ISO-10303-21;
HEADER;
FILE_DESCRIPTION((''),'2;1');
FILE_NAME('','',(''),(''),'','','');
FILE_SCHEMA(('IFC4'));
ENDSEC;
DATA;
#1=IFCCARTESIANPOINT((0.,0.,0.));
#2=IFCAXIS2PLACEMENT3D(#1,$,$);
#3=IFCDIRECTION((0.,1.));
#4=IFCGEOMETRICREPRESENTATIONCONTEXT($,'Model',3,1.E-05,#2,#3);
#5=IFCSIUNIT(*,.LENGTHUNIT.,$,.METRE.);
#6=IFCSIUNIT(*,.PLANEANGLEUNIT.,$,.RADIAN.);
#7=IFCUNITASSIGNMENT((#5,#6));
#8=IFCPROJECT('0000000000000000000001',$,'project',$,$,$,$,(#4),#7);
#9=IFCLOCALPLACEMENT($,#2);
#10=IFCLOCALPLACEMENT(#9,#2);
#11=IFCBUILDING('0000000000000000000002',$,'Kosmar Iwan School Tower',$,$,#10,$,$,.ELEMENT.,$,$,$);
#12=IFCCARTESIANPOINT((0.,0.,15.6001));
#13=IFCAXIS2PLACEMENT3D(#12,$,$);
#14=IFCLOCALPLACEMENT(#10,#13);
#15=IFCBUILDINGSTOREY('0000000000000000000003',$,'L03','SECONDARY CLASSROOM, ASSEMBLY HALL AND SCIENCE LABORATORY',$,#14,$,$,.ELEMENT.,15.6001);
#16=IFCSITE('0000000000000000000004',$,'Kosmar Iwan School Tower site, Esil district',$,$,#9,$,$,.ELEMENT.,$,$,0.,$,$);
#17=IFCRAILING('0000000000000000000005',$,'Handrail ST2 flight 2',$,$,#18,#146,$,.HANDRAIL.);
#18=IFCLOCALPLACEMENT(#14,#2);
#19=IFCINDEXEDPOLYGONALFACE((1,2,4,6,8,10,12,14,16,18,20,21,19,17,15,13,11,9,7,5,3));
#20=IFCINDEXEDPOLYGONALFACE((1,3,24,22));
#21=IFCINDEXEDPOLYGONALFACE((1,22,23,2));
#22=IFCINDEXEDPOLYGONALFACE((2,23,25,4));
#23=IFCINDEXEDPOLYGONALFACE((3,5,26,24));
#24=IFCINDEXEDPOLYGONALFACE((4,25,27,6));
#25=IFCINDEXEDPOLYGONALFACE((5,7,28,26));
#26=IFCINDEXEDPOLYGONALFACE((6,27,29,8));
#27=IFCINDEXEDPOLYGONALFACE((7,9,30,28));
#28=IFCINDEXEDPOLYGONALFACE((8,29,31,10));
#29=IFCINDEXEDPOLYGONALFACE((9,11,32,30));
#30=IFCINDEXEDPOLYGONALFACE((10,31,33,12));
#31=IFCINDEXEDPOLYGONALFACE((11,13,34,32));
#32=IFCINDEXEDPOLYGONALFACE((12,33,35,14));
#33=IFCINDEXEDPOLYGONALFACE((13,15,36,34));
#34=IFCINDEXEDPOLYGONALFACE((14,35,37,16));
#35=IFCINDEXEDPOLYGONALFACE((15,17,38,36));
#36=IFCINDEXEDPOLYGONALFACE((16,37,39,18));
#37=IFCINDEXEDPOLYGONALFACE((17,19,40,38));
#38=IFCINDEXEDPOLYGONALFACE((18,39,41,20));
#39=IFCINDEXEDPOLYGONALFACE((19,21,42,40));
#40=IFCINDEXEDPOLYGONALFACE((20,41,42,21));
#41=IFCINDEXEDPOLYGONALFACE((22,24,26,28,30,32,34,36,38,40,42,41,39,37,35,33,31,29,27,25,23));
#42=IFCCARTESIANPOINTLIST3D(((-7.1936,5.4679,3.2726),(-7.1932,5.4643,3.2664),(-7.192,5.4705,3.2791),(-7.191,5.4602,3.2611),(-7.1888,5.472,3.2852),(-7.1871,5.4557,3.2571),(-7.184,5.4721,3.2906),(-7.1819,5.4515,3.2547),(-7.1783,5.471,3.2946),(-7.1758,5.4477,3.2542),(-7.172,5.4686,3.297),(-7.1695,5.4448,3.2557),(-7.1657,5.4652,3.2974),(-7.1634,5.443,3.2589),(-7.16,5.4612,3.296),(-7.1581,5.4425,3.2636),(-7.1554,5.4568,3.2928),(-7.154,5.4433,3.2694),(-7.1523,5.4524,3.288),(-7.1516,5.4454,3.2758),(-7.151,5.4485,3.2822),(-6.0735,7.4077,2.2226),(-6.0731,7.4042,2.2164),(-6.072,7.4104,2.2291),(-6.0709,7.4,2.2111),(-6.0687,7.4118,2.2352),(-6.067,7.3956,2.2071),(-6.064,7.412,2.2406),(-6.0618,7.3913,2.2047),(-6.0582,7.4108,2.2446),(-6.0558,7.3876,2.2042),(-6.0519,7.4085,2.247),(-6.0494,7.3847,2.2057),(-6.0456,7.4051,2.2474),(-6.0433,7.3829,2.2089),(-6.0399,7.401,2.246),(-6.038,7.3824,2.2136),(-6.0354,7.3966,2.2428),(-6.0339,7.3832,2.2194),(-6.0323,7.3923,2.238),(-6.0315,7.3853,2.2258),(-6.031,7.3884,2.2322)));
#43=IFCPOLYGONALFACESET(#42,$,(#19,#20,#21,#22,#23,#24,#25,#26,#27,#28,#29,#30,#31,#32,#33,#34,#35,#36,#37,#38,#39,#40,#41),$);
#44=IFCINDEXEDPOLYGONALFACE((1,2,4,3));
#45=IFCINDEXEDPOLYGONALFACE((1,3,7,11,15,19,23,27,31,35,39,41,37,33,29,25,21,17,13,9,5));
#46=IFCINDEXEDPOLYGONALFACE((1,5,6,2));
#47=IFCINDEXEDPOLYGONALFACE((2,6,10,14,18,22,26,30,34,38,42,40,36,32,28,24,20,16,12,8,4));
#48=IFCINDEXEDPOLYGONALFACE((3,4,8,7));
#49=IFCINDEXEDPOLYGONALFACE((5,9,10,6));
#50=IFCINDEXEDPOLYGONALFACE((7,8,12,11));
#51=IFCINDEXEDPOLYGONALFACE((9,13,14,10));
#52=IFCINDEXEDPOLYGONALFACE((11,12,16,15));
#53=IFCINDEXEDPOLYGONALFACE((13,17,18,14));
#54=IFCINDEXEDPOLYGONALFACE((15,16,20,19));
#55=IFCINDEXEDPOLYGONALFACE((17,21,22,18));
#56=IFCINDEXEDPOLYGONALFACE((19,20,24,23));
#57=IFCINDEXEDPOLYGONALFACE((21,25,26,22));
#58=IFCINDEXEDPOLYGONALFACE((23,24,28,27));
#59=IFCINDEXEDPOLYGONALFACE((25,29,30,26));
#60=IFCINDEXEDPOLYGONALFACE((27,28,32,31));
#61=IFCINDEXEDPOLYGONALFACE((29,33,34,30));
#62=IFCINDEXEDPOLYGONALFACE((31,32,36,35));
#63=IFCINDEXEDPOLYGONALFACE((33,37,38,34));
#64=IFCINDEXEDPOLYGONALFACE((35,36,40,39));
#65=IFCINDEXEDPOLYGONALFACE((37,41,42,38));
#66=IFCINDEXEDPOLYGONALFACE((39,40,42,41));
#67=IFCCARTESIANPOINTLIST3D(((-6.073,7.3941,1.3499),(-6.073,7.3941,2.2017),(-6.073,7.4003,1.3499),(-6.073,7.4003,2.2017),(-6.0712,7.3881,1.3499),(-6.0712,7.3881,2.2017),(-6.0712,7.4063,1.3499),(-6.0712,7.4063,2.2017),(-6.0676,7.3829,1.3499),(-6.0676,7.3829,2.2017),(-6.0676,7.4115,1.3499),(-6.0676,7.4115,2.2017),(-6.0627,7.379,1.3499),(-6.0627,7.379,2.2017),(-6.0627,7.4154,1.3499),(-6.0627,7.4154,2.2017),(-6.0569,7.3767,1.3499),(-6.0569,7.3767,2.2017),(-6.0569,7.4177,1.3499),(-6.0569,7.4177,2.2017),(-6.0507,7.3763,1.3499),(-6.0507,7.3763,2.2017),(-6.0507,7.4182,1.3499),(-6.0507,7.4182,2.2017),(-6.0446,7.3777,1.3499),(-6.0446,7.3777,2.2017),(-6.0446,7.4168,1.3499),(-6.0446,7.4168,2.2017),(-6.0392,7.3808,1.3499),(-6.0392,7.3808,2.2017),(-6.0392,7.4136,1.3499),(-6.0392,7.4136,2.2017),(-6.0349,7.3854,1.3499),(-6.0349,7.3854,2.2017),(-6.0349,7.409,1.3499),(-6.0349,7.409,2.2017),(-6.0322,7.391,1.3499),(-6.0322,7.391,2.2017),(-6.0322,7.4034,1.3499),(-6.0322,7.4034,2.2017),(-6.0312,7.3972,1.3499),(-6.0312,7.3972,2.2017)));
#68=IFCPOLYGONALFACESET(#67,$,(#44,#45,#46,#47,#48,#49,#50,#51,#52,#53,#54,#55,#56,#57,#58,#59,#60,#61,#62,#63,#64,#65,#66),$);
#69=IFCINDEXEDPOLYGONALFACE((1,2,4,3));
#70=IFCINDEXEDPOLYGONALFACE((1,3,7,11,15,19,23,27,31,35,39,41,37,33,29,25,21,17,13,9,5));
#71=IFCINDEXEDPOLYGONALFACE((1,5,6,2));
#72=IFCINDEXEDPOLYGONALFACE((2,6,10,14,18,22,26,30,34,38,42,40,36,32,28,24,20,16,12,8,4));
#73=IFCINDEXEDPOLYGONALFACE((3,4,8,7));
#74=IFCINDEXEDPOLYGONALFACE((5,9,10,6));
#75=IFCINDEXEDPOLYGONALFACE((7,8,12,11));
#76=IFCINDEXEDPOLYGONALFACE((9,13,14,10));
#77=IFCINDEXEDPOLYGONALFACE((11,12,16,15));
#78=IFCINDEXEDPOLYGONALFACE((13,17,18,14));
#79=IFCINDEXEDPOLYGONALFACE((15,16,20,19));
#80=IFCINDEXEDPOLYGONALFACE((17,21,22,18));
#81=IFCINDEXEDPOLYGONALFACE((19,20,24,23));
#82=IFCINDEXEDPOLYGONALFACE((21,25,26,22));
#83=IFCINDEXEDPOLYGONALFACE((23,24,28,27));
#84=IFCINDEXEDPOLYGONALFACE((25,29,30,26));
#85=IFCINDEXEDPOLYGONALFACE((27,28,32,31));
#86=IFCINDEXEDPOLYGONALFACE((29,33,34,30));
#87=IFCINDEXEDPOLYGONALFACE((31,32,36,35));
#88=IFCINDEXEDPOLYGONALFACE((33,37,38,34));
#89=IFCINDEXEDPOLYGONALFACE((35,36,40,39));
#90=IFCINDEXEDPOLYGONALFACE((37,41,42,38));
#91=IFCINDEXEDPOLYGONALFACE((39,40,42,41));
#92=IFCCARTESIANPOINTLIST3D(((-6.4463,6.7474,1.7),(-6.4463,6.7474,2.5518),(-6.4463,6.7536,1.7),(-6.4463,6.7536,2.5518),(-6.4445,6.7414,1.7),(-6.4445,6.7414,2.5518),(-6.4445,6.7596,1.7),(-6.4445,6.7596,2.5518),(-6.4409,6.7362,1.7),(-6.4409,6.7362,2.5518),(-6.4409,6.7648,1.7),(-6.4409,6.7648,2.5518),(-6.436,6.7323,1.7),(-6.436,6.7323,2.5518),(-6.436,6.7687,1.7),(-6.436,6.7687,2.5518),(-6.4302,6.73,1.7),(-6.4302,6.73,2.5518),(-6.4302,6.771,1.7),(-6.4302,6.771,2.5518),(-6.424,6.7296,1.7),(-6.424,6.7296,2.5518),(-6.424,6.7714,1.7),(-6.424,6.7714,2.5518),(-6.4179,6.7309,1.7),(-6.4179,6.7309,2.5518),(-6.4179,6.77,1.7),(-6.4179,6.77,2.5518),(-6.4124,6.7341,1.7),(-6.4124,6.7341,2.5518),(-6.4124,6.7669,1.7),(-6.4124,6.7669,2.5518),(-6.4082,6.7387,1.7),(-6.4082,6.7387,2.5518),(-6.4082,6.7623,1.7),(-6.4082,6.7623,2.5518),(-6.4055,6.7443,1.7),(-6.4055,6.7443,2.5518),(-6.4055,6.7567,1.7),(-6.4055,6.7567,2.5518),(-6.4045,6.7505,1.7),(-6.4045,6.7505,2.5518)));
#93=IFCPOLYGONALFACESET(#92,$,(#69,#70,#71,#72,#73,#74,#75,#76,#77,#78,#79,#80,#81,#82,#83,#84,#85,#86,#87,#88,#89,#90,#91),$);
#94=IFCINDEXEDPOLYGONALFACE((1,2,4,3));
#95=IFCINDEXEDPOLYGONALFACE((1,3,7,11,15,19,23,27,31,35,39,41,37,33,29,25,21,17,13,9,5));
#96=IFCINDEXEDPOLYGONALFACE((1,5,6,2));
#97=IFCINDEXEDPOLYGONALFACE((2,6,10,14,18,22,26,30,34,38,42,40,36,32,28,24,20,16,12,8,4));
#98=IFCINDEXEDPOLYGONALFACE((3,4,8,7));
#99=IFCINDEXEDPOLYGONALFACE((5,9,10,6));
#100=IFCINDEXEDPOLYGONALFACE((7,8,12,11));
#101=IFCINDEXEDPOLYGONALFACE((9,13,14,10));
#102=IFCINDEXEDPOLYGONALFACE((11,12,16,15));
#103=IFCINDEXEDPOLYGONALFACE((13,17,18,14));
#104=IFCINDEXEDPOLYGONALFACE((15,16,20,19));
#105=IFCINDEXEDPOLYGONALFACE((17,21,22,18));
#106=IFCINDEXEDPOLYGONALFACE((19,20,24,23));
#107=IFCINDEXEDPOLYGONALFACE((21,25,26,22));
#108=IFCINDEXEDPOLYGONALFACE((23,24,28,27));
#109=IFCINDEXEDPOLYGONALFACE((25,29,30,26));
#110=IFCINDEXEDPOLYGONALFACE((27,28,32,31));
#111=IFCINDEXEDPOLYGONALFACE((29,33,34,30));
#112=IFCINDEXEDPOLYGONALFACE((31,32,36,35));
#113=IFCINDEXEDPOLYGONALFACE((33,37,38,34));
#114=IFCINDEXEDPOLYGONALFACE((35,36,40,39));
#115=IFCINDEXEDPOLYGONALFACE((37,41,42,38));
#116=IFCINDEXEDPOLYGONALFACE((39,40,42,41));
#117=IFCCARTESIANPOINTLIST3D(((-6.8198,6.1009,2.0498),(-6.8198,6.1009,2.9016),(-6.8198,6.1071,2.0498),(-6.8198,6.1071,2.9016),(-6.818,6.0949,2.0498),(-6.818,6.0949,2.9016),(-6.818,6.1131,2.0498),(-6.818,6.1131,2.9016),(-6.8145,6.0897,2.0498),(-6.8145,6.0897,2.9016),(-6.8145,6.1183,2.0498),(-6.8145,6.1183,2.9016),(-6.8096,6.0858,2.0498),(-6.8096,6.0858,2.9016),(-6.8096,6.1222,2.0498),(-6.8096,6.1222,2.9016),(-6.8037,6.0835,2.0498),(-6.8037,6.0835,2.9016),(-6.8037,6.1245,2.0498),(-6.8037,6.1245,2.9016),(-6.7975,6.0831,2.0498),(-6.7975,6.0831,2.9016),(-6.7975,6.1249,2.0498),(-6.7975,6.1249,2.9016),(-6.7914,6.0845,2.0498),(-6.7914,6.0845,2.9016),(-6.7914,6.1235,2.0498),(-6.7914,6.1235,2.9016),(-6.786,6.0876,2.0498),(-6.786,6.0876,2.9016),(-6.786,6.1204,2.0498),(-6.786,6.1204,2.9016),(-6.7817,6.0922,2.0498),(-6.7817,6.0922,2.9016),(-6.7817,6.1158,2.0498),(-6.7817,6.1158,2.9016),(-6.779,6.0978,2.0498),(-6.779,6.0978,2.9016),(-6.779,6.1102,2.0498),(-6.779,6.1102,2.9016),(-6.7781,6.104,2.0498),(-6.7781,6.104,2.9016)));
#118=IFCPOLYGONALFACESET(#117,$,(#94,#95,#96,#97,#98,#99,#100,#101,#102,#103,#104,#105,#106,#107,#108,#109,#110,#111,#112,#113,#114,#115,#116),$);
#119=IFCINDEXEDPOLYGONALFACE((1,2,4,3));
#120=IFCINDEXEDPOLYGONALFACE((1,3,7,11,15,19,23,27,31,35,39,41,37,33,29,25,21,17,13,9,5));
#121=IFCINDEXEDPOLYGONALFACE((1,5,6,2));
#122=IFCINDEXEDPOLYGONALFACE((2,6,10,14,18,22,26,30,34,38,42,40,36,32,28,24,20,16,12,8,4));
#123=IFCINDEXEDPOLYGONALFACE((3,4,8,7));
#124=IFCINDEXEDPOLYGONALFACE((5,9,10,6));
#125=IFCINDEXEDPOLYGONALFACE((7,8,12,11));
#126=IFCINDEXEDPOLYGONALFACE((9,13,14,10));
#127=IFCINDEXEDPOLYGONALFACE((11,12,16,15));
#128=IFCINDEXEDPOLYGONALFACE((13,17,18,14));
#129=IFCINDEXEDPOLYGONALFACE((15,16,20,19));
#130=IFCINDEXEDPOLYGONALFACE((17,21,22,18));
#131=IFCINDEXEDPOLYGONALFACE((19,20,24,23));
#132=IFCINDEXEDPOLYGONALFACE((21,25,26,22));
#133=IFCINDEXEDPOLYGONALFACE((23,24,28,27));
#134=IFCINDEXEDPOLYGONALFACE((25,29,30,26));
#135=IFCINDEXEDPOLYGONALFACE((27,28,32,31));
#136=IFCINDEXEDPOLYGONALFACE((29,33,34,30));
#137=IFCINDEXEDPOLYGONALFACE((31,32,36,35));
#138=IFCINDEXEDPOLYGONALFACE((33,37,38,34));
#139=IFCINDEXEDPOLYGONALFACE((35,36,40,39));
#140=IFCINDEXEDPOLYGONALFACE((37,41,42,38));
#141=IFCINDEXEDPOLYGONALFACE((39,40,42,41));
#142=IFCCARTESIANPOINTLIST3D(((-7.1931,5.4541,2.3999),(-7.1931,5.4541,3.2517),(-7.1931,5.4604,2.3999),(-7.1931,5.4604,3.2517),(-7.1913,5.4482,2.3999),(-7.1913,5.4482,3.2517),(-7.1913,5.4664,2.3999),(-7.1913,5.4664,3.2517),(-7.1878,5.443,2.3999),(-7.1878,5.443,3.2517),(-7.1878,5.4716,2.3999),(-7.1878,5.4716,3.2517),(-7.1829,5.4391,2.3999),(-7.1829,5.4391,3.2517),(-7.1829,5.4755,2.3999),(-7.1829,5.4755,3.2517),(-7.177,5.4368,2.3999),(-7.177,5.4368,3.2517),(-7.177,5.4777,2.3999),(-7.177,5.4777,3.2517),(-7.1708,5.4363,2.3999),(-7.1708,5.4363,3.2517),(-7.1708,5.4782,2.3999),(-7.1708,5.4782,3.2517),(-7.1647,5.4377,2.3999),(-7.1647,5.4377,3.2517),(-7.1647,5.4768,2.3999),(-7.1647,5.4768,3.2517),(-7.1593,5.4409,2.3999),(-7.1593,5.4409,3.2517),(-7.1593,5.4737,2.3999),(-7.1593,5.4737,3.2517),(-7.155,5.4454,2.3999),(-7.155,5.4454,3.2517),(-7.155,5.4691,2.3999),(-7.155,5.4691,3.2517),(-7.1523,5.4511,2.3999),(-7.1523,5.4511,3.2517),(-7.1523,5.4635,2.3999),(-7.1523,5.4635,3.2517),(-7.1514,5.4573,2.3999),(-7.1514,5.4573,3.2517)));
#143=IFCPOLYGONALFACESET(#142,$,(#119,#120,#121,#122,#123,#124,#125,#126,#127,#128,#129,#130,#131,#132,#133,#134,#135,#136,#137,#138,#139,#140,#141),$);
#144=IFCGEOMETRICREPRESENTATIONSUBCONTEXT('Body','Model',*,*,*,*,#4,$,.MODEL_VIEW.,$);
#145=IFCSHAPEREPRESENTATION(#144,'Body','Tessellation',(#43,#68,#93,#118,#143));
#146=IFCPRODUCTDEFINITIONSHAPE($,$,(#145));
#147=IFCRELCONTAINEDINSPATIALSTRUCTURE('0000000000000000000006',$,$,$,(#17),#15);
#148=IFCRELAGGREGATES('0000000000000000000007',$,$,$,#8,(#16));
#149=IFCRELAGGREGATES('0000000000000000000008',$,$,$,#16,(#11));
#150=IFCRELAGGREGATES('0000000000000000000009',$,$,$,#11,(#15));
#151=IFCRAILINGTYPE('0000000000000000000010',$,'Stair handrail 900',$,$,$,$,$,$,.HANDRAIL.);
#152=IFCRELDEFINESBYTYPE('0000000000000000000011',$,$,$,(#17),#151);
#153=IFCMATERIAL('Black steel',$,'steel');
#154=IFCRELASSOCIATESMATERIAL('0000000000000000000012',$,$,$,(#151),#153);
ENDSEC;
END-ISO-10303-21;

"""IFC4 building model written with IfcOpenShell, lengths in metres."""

from ifc_helpers import new_model, si_unit, direction, frame, origin, origin_2d, place, context, subcontext, project, spatial, circle, extrude, material, type_object, element, save


model = new_model("IFC4")

# Units and contexts
model_context = context("Model", 3, precision=1e-05, world=origin(), true_north=direction((0.0, 1.0)))
body_context = subcontext(model_context, "Body", "Model", "MODEL_VIEW")
ifc_project = project(units=[si_unit("LENGTHUNIT", "METRE"), si_unit("PLANEANGLEUNIT", "RADIAN")], contexts=[model_context])

# Site, building, storey
site_placement = place(None, origin())
site = spatial("IfcSite", under=ifc_project, at=site_placement, Name="Kosmar Iwan School Tower site, Esil district", CompositionType="ELEMENT", RefElevation=0.0)
building_placement = place(site_placement, origin())
building = spatial("IfcBuilding", under=site, at=building_placement, Name="Kosmar Iwan School Tower", CompositionType="ELEMENT")
storey_placement = place(building_placement, frame((0.0, 0.0, 15.6001)))
storey = spatial("IfcBuildingStorey", under=building, at=storey_placement, Name="L03", Description="SECONDARY CLASSROOM, ASSEMBLY HALL AND SCIENCE LABORATORY", CompositionType="ELEMENT", Elevation=15.6001)

# Railing
ifc_material_1 = material(Name="Black steel", Category="steel")
railing_type = type_object("IfcRailingType", Name="Stair handrail 900", PredefinedType="HANDRAIL", material=ifc_material_1)
railing_1_placement = place(storey_placement, frame((-6.0522, 7.3972, 1.3499)))
element("IfcRailing", 1, at=railing_1_placement, inside=storey, type_object=railing_type, Name="Handrail ST2 flight 2", PredefinedType="HANDRAIL", context=body_context, shape_type="SweptSolid", body=[
    extrude(circle(Radius=0.0239, at=origin_2d()), frame((0.0, 0.0, 0.876), z_axis=(-0.452757, -0.784134, 0.424435), x_axis=(0.866008, -0.500031, 0.0)), (0.0, 0.0, 1.0), 2.4739),
    extrude(circle(Radius=0.021, at=origin_2d()), origin(), (0.0, 0.0, 1.0), 0.8518),
    extrude(circle(Radius=0.021, at=origin_2d()), frame((-0.3733, -0.6467, 0.3501)), (0.0, 0.0, 1.0), 0.8518),
    extrude(circle(Radius=0.021, at=origin_2d()), frame((-0.7468, -1.2932, 0.7)), (0.0, 0.0, 1.0), 0.8518),
    extrude(circle(Radius=0.021, at=origin_2d()), frame((-1.1201, -1.9399, 1.05)), (0.0, 0.0, 1.0), 0.8518),
])

save(model, "model.ifc")
